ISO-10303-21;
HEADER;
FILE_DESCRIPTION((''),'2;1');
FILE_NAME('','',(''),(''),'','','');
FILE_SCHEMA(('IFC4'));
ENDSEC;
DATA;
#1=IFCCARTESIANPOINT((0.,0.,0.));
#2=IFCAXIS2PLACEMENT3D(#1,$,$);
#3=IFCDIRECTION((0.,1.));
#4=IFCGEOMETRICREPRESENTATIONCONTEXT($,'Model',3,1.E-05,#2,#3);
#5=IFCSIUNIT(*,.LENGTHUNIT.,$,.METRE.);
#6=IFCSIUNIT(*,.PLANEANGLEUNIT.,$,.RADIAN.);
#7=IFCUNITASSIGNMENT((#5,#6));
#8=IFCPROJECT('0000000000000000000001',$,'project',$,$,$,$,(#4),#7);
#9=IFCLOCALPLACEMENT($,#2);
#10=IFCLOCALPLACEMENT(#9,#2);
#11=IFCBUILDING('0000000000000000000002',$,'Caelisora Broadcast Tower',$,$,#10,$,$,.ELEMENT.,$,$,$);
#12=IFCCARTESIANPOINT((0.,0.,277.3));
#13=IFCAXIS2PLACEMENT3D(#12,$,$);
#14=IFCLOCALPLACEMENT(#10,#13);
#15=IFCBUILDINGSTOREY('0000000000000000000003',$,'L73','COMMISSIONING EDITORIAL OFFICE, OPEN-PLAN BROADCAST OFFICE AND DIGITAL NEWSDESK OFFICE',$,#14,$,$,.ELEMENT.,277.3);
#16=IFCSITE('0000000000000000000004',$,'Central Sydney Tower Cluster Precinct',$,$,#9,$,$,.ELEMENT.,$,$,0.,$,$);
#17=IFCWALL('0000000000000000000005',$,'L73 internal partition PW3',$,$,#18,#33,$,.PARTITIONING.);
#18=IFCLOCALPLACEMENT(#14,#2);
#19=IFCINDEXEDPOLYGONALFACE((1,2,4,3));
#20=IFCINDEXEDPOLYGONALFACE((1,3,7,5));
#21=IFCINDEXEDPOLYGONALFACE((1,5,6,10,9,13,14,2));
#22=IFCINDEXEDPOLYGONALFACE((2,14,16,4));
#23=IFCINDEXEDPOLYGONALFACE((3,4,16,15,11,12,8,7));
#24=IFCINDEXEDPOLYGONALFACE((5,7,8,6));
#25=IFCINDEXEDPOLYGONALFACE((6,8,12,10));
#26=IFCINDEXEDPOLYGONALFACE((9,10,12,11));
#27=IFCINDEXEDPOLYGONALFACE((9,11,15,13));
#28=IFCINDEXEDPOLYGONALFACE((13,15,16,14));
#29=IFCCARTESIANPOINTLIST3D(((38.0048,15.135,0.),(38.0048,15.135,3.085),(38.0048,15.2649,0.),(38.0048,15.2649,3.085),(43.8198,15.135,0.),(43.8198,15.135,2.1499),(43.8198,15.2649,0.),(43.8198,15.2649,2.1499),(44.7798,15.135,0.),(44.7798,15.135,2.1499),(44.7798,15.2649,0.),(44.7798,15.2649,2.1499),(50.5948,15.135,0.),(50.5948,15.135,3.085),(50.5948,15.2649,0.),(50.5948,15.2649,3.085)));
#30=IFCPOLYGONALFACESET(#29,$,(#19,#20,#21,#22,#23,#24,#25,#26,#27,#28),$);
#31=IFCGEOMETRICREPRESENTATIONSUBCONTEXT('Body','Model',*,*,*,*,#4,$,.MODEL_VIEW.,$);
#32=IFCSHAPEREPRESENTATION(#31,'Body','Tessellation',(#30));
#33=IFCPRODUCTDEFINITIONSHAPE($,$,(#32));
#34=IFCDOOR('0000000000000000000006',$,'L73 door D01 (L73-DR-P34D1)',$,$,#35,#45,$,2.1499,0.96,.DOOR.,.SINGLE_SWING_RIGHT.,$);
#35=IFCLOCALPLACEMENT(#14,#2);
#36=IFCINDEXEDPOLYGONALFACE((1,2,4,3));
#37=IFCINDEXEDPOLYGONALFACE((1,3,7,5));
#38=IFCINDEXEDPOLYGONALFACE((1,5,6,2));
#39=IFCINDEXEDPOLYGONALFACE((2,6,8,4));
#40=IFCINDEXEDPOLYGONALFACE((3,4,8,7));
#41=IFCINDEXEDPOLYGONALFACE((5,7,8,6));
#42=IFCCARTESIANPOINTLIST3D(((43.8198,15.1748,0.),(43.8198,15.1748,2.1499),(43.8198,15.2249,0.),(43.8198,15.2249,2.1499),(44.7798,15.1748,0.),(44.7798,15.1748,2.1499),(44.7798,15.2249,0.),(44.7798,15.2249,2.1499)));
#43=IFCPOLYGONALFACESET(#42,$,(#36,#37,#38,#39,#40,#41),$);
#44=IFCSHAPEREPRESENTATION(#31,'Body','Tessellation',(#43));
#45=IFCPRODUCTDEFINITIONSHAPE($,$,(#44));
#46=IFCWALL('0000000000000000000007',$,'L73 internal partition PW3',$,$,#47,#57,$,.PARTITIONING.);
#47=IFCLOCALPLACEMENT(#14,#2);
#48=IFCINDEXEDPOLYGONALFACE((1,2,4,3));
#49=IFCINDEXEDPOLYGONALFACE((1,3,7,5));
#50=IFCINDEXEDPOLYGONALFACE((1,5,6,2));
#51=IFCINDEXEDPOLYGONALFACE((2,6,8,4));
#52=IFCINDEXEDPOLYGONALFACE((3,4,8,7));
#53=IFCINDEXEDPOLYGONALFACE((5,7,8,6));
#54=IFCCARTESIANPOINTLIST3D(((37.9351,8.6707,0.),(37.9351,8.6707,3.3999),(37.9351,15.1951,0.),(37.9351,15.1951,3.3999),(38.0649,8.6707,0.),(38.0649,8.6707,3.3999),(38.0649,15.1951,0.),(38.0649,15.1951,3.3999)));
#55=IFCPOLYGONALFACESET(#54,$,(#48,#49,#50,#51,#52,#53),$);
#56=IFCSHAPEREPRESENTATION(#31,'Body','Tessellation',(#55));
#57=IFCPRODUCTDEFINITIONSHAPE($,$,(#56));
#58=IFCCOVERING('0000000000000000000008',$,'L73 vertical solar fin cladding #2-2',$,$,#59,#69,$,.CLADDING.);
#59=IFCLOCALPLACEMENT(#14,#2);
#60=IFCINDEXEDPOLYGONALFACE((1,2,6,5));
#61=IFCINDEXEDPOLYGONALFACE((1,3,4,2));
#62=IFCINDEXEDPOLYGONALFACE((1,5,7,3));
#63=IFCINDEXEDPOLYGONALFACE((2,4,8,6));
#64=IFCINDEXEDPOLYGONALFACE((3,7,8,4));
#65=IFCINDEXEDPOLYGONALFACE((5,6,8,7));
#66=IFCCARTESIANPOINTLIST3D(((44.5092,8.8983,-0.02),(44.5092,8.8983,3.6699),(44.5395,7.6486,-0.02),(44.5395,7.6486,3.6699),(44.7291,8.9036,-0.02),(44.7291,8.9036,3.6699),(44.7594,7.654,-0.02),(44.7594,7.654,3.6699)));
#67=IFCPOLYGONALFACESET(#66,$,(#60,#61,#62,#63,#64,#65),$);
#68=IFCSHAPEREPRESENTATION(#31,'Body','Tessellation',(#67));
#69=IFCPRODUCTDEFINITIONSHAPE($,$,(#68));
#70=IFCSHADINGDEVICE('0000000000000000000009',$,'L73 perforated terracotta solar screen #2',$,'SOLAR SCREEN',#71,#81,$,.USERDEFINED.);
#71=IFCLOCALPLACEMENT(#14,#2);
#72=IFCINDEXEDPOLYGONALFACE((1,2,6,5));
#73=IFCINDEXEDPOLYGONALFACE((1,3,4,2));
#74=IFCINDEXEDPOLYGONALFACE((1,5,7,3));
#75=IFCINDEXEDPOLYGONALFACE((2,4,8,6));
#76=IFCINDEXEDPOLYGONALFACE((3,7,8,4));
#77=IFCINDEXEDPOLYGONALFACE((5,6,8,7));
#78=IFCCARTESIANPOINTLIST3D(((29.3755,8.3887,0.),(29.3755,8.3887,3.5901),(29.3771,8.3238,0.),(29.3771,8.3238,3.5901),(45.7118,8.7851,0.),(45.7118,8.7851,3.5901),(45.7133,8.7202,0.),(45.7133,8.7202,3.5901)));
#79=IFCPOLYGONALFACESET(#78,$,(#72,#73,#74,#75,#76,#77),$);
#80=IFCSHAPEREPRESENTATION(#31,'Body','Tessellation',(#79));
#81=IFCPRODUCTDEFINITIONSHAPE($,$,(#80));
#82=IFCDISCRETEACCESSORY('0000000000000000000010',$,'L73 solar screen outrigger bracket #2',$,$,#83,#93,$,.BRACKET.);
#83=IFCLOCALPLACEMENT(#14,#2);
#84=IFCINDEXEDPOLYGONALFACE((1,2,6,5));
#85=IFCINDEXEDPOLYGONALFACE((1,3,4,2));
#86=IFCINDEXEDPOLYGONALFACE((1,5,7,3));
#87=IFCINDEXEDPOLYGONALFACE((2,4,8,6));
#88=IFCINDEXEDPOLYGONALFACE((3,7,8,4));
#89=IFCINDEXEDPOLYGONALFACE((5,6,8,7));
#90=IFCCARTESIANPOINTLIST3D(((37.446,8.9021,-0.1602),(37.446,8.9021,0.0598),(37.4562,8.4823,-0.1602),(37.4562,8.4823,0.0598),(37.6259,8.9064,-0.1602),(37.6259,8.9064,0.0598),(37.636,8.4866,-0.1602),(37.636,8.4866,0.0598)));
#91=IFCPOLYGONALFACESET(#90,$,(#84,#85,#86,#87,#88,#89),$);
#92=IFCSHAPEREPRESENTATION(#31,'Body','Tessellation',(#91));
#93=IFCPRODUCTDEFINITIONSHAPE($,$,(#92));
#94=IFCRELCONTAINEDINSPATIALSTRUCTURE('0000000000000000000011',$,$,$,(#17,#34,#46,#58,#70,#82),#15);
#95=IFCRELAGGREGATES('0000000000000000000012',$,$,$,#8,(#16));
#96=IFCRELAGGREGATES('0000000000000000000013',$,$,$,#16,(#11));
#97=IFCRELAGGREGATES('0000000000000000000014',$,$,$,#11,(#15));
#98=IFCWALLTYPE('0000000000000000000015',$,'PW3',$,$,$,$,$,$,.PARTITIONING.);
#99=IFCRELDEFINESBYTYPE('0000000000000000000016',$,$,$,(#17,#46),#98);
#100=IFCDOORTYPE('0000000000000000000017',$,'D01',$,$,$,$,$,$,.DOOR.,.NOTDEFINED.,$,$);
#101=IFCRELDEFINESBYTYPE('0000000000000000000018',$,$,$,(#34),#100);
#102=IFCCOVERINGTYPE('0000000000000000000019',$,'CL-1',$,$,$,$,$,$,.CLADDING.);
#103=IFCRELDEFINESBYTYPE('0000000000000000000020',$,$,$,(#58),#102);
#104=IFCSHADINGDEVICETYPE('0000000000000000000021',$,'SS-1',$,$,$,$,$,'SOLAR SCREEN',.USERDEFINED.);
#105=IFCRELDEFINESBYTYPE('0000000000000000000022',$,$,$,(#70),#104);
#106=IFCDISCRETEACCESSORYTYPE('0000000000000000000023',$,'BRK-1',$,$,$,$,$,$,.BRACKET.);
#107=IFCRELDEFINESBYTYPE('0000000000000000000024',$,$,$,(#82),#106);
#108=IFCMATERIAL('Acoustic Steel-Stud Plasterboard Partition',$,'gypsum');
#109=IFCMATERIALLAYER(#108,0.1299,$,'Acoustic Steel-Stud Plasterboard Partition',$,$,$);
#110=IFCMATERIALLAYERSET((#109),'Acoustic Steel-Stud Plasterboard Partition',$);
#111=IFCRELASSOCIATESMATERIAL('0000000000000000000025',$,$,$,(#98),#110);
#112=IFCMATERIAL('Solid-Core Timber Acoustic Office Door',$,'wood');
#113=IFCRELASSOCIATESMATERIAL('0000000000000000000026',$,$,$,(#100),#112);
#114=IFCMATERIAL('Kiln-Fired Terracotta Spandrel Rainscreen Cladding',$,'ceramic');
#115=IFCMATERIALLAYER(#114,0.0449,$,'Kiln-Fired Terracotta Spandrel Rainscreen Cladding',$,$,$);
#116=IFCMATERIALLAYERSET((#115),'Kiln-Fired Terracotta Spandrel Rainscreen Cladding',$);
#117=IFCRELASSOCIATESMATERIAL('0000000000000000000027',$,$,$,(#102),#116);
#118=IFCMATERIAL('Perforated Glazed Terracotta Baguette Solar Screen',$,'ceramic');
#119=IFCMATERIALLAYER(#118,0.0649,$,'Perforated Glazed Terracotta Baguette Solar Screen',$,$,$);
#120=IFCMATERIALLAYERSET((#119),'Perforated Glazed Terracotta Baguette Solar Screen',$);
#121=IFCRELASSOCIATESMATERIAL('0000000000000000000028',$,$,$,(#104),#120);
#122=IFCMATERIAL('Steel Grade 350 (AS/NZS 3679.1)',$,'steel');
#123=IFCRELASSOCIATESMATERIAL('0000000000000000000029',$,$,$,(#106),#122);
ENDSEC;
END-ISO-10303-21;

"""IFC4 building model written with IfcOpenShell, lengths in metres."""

from ifc_helpers import new_model, si_unit, direction, frame, frame_2d, origin, origin_2d, place, context, subcontext, project, spatial, rectangle, extrude, source, transform, mapped, material, layer, layer_set, type_object, type_shapes, element, fill, save


model = new_model("IFC4")

# Units and contexts
model_context = context("Model", 3, precision=1e-05, world=origin(), true_north=direction((0.0, 1.0)))
body_context = subcontext(model_context, "Body", "Model", "MODEL_VIEW")
ifc_project = project(units=[si_unit("LENGTHUNIT", "METRE"), si_unit("PLANEANGLEUNIT", "RADIAN")], contexts=[model_context])

# Site, building, storey
site_placement = place(None, origin())
site = spatial("IfcSite", under=ifc_project, at=site_placement, Name="Central Sydney Tower Cluster Precinct", CompositionType="ELEMENT", RefElevation=0.0)
building_placement = place(site_placement, origin())
building = spatial("IfcBuilding", under=site, at=building_placement, Name="Caelisora Broadcast Tower", CompositionType="ELEMENT")
storey_placement = place(building_placement, frame((0.0, 0.0, 277.3)))
storey = spatial("IfcBuildingStorey", under=building, at=storey_placement, Name="L73", Description="COMMISSIONING EDITORIAL OFFICE, OPEN-PLAN BROADCAST OFFICE AND DIGITAL NEWSDESK OFFICE", CompositionType="ELEMENT", Elevation=277.3)

# Shared definitions
ifc_material_1 = material(Name="Steel Grade 350 (AS/NZS 3679.1)", Category="steel")

# Wall, opening, door
ifc_material_2 = material(Name="Acoustic Steel-Stud Plasterboard Partition", Category="gypsum")
ifc_layer_1 = layer(ifc_material_2, 0.1299, Name="Acoustic Steel-Stud Plasterboard Partition")
ifc_layer_set_1 = layer_set([ifc_layer_1], Name="Acoustic Steel-Stud Plasterboard Partition")
wall_type = type_object("IfcWallType", Name="PW3", PredefinedType="PARTITIONING", material=ifc_layer_set_1)
wall_1_placement = place(storey_placement, frame((38.0049, 15.2, 0.0), z_axis=(0.0, 0.0, 1.0), x_axis=(1.0, 0.0, 0.0)))
wall_1 = element("IfcWall", 1, at=wall_1_placement, inside=storey, type_object=wall_type, Name="L73 internal partition PW3", PredefinedType="PARTITIONING", context=body_context, shape_type="SweptSolid", body=[
    extrude(rectangle(XDim=12.5901, YDim=0.1299, at=frame_2d((6.2949, 0.0))), origin(), (0.0, 0.0, 1.0), 3.085),
])
opening_placement = place(wall_1_placement, frame((5.8149, 0.0, 0.0)))
opening = element("IfcOpeningElement", 2, at=opening_placement, cuts=wall_1, PredefinedType="OPENING", context=body_context, shape_type="SweptSolid", body=[
    extrude(rectangle(XDim=0.96, YDim=2.1499, at=frame_2d((0.48, 1.075))), frame((0.0, 0.0769, 0.0), z_axis=(0.0, -1.0, 0.0), x_axis=(1.0, 0.0, 0.0)), (0.0, 0.0, 1.0), 0.1538),
])
ifc_material_3 = material(Name="Solid-Core Timber Acoustic Office Door", Category="wood")
door_type = type_object("IfcDoorType", Name="D01", OperationType="NOTDEFINED", PredefinedType="DOOR", material=ifc_material_3)
door_placement = place(opening_placement, origin())
door = element("IfcDoor", 3, at=door_placement, inside=storey, type_object=door_type, Name="L73 door D01 (L73-DR-P34D1)", OperationType="SINGLE_SWING_RIGHT", OverallHeight=2.1499, OverallWidth=0.96, PredefinedType="DOOR", context=body_context, shape_type="SweptSolid", body=[
    extrude(rectangle(XDim=0.96, YDim=2.1499, at=frame_2d((0.48, 1.075))), frame((0.0, 0.0249, 0.0), z_axis=(0.0, -1.0, 0.0), x_axis=(1.0, 0.0, 0.0)), (0.0, 0.0, 1.0), 0.05),
])
fill(opening, door)

# Wall
wall_2_placement = place(storey_placement, frame((38.0, 8.6707, 0.0), z_axis=(0.0, 0.0, 1.0), x_axis=(0.0, 1.0, 0.0)))
element("IfcWall", 4, at=wall_2_placement, inside=storey, type_object=wall_type, Name="L73 internal partition PW3", PredefinedType="PARTITIONING", context=body_context, shape_type="SweptSolid", body=[
    extrude(rectangle(XDim=6.5244, YDim=0.1299, at=frame_2d((3.2622, 0.0))), origin(), (0.0, 0.0, 1.0), 3.3999),
])

# Covering
ifc_material_4 = material(Name="Kiln-Fired Terracotta Spandrel Rainscreen Cladding", Category="ceramic")
ifc_layer_2 = layer(ifc_material_4, 0.0449, Name="Kiln-Fired Terracotta Spandrel Rainscreen Cladding")
ifc_layer_set_2 = layer_set([ifc_layer_2], Name="Kiln-Fired Terracotta Spandrel Rainscreen Cladding")
covering_type = type_object("IfcCoveringType", Name="CL-1", PredefinedType="CLADDING", material=ifc_layer_set_2)
shared_shape_1 = source(origin(), body_context, "Body", "SweptSolid", [
    extrude(rectangle(XDim=0.22, YDim=1.25, at=origin_2d()), origin(), (0.0, 0.0, 1.0), 3.6899),
])
type_shapes(covering_type, [shared_shape_1])
covering_placement = place(storey_placement, frame((44.6343, 8.2761, -0.02), z_axis=(0.0, 0.0, 1.0), x_axis=(-0.999706, -0.024258, 0.0)))
element("IfcCovering", 5, at=covering_placement, inside=storey, type_object=covering_type, Name="L73 vertical solar fin cladding #2-2", PredefinedType="CLADDING", context=body_context, shape_type="MappedRepresentation", body=[
    mapped(shared_shape_1, transform((0.0, 0.0, 0.0), scale=1.0)),
])

# Shading device
ifc_material_5 = material(Name="Perforated Glazed Terracotta Baguette Solar Screen", Category="ceramic")
ifc_layer_3 = layer(ifc_material_5, 0.0649, Name="Perforated Glazed Terracotta Baguette Solar Screen")
ifc_layer_set_3 = layer_set([ifc_layer_3], Name="Perforated Glazed Terracotta Baguette Solar Screen")
shading_device_type = type_object("IfcShadingDeviceType", Name="SS-1", ElementType="SOLAR SCREEN", PredefinedType="USERDEFINED", material=ifc_layer_set_3)
shared_shape_2 = source(origin(), body_context, "Body", "SweptSolid", [
    extrude(rectangle(XDim=16.3411, YDim=0.0649, at=origin_2d()), origin(), (0.0, 0.0, 1.0), 3.5901),
])
type_shapes(shading_device_type, [shared_shape_2])
shading_device_placement = place(storey_placement, frame((37.5444, 8.5544, 0.0), z_axis=(0.0, 0.0, 1.0), x_axis=(0.999706, 0.024258, 0.0)))
element("IfcShadingDevice", 6, at=shading_device_placement, inside=storey, type_object=shading_device_type, Name="L73 perforated terracotta solar screen #2", ObjectType="SOLAR SCREEN", PredefinedType="USERDEFINED", context=body_context, shape_type="MappedRepresentation", body=[
    mapped(shared_shape_2, transform((0.0, 0.0, 0.0), scale=1.0)),
])

# Discrete accessory
discrete_accessory_type = type_object("IfcDiscreteAccessoryType", Name="BRK-1", PredefinedType="BRACKET", material=ifc_material_1)
shared_shape_3 = source(origin(), body_context, "Body", "SweptSolid", [
    extrude(rectangle(XDim=0.1799, YDim=0.4199, at=origin_2d()), origin(), (0.0, 0.0, 1.0), 0.22),
])
type_shapes(discrete_accessory_type, [shared_shape_3])
discrete_accessory_placement = place(storey_placement, frame((37.541, 8.6943, -0.1602), z_axis=(0.0, 0.0, 1.0), x_axis=(0.999706, 0.024258, 0.0)))
element("IfcDiscreteAccessory", 7, at=discrete_accessory_placement, inside=storey, type_object=discrete_accessory_type, Name="L73 solar screen outrigger bracket #2", PredefinedType="BRACKET", context=body_context, shape_type="MappedRepresentation", body=[
    mapped(shared_shape_3, transform((0.0, 0.0, 0.0), scale=1.0)),
])

save(model, "model.ifc")
